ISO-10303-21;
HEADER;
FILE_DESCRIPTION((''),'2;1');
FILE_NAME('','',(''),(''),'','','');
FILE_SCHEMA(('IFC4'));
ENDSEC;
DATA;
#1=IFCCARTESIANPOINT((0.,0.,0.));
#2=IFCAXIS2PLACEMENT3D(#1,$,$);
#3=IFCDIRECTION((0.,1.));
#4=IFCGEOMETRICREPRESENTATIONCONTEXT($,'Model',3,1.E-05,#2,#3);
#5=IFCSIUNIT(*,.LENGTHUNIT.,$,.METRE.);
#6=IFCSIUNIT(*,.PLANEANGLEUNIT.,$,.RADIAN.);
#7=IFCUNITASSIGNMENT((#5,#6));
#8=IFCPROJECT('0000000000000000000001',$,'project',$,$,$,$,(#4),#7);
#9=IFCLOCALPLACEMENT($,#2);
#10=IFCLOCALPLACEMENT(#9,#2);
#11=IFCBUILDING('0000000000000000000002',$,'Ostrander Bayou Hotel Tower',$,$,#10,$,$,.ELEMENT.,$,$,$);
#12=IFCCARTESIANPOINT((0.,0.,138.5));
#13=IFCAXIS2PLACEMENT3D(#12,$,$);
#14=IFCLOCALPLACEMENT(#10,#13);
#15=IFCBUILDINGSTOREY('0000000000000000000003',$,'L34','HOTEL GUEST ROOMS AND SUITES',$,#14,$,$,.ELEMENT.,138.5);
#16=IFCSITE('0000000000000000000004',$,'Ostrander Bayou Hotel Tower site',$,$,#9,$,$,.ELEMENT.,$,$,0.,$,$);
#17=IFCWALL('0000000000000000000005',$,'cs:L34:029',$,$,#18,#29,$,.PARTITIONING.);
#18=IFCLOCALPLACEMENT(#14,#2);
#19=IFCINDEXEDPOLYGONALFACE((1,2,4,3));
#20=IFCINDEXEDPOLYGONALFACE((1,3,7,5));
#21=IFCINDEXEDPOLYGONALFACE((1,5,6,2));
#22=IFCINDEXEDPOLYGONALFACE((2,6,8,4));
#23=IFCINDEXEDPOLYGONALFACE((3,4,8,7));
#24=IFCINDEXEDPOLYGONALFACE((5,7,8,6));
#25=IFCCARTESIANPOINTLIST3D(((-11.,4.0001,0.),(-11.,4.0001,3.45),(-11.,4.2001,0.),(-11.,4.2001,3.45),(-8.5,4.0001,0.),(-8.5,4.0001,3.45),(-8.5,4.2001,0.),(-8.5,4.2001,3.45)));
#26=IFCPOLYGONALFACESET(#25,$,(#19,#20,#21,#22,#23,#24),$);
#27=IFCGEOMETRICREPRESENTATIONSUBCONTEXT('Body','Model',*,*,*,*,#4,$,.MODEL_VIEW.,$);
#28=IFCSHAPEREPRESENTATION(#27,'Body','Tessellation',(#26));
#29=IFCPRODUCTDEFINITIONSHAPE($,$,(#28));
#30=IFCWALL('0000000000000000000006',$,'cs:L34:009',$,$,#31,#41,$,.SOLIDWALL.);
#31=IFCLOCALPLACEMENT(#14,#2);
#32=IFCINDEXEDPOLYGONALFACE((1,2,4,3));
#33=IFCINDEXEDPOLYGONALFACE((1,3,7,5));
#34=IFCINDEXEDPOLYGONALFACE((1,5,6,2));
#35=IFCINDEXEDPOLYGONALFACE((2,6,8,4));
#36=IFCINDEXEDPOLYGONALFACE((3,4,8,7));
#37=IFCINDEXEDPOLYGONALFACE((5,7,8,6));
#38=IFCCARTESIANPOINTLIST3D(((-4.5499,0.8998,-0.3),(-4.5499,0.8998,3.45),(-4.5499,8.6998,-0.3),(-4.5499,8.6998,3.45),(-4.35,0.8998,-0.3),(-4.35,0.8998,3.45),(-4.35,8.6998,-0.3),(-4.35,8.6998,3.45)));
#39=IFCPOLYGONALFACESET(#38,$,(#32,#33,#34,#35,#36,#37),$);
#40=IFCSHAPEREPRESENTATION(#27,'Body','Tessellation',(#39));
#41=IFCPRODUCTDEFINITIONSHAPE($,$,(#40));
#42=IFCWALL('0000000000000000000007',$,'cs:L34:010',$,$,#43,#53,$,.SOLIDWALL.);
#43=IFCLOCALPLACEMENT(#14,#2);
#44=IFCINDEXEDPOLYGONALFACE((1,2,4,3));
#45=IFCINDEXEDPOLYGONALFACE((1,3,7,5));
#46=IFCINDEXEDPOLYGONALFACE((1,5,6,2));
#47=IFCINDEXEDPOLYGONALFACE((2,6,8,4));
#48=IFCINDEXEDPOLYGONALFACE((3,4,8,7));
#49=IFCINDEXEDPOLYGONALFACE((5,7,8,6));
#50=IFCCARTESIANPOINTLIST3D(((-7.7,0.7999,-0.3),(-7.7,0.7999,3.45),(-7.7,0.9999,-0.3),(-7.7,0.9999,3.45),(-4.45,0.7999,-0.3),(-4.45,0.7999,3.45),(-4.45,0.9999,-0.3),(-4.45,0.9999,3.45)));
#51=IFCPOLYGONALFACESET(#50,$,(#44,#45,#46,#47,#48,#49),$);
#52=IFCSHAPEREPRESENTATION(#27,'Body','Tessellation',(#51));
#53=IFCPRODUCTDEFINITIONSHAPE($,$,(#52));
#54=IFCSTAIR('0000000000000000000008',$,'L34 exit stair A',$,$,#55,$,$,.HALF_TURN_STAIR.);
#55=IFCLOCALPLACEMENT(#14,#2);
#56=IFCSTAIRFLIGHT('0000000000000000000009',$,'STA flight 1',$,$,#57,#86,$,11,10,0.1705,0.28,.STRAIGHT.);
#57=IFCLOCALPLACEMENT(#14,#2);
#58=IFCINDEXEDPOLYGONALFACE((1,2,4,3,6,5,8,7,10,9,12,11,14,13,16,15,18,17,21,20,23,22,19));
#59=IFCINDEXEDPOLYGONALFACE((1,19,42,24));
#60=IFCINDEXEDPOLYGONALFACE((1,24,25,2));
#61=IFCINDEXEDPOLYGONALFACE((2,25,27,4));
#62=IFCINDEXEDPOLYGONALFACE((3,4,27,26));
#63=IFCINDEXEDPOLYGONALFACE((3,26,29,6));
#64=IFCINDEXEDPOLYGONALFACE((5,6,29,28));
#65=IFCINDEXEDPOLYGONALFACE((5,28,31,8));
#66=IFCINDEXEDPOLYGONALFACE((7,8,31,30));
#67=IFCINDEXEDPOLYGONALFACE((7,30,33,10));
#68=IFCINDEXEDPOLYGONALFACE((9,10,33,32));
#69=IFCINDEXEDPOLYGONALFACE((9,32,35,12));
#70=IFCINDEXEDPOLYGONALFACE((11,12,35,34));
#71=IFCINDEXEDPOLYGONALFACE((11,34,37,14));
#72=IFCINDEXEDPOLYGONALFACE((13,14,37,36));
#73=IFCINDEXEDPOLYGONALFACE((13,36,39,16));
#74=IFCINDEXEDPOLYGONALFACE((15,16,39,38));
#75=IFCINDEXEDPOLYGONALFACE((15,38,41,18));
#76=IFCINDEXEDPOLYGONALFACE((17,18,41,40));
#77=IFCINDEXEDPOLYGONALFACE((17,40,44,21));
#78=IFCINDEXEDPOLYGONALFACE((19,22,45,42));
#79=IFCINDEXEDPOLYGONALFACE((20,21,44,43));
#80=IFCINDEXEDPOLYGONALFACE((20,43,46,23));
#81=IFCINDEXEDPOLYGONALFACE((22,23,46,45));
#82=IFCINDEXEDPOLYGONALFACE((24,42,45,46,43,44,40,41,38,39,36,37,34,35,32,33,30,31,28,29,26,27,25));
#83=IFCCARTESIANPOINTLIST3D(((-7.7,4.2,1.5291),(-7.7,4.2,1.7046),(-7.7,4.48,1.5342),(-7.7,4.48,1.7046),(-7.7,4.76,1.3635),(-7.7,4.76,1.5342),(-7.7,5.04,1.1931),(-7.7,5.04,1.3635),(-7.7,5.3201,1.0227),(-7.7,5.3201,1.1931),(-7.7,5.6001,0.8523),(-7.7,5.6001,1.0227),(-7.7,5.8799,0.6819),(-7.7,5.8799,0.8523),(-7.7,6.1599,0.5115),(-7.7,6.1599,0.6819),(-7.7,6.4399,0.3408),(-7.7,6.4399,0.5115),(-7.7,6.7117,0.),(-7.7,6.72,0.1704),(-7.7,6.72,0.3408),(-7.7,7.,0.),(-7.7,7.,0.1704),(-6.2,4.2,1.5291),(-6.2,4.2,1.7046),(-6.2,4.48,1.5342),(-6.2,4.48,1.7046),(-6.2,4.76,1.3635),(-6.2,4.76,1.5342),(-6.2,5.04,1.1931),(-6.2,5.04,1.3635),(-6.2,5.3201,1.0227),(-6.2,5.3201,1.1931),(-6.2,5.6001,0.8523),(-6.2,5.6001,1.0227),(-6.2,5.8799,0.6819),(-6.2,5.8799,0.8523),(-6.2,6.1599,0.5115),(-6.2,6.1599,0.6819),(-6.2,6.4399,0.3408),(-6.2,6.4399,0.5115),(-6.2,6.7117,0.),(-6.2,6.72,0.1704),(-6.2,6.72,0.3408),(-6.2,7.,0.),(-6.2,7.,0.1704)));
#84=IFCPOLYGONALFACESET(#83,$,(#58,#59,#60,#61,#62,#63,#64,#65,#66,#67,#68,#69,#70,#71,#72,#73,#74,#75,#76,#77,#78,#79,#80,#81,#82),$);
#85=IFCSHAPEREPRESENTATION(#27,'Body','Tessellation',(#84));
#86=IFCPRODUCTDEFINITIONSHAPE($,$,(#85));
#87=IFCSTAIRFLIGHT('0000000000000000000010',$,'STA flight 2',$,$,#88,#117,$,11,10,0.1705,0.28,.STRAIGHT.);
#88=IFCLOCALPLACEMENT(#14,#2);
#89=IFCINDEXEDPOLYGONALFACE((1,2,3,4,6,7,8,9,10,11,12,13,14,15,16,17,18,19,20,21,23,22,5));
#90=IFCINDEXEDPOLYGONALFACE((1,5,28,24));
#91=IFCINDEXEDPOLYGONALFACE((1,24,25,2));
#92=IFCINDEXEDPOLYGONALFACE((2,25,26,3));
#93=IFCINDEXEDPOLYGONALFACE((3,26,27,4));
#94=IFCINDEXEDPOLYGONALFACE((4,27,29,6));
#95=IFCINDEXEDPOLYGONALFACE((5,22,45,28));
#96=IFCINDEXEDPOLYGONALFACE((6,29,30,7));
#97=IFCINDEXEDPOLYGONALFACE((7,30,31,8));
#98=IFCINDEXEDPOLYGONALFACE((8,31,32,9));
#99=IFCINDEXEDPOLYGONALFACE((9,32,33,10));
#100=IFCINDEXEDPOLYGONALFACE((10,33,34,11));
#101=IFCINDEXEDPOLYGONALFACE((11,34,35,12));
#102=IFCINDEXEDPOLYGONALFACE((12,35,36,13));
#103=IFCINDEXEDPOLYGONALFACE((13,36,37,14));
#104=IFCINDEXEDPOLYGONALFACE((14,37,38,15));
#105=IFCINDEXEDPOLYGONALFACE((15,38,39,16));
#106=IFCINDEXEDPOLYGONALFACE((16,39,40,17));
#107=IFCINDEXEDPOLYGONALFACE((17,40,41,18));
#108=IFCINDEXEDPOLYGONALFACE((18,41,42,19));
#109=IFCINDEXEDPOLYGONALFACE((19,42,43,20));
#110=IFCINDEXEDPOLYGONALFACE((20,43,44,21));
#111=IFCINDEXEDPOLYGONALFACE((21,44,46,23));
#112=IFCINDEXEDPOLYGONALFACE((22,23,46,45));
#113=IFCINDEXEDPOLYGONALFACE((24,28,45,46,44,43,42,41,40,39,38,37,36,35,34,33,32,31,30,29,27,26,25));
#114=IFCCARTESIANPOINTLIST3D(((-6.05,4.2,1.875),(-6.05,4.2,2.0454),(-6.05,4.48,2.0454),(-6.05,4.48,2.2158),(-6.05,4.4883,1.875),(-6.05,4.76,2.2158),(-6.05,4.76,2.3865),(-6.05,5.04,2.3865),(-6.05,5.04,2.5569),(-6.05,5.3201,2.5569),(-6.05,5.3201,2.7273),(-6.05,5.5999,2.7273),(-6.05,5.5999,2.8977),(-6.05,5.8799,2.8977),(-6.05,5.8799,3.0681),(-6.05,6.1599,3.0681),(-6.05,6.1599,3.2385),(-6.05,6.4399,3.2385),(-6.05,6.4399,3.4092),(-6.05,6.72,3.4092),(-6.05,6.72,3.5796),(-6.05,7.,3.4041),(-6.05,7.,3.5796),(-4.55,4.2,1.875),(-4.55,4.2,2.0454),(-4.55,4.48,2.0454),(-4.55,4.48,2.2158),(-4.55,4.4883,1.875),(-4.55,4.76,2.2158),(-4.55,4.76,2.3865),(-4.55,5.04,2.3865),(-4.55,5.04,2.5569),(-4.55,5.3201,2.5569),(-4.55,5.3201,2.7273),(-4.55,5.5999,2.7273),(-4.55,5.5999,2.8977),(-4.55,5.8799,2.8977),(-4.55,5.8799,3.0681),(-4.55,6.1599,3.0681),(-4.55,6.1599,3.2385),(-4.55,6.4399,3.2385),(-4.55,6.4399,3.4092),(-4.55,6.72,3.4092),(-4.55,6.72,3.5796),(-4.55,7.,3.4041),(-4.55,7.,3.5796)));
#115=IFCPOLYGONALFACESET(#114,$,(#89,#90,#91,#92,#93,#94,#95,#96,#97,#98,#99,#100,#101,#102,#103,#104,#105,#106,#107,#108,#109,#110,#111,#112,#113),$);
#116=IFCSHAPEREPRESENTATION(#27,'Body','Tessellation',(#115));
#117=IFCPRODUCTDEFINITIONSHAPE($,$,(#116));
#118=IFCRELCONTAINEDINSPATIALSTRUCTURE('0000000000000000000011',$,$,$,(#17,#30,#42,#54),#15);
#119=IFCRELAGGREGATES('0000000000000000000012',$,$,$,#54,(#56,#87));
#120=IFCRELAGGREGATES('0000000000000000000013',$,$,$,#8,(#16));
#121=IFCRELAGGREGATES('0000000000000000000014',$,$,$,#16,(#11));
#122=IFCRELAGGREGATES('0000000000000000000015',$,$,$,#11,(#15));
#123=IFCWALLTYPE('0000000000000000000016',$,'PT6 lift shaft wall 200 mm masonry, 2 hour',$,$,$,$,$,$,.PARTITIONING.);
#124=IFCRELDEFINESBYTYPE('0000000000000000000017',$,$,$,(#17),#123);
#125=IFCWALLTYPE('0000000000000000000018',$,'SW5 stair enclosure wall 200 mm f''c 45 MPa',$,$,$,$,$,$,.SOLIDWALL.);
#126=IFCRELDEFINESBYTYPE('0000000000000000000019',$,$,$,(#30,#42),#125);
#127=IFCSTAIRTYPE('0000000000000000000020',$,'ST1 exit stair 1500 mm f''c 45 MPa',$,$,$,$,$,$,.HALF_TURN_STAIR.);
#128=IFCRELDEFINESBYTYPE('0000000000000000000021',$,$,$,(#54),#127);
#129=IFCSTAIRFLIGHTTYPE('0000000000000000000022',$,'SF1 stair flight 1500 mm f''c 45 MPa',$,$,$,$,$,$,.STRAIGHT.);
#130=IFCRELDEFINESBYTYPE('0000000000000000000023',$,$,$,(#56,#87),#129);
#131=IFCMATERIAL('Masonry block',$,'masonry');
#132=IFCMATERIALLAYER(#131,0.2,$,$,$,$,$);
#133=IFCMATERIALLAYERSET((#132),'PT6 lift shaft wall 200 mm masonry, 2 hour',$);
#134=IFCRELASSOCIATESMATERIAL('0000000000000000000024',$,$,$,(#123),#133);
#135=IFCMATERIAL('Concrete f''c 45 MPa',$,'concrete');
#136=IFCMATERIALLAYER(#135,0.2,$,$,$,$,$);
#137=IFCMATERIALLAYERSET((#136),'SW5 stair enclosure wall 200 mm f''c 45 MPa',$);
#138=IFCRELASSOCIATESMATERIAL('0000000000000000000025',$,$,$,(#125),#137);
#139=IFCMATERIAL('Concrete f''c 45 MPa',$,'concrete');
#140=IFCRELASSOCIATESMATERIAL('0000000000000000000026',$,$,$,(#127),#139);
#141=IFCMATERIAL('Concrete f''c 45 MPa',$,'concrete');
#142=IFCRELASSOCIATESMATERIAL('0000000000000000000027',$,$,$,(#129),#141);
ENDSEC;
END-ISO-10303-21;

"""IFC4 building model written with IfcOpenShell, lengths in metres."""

from ifc_helpers import new_model, si_unit, direction, frame, frame_2d, origin, place, context, subcontext, project, spatial, polyline, rectangle, outline, extrude, material, layer, layer_set, type_object, element, aggregate, save


model = new_model("IFC4")

# Units and contexts
model_context = context("Model", 3, precision=1e-05, world=origin(), true_north=direction((0.0, 1.0)))
body_context = subcontext(model_context, "Body", "Model", "MODEL_VIEW")
ifc_project = project(units=[si_unit("LENGTHUNIT", "METRE"), si_unit("PLANEANGLEUNIT", "RADIAN")], contexts=[model_context])

# Site, building, storey
site_placement = place(None, origin())
site = spatial("IfcSite", under=ifc_project, at=site_placement, Name="Ostrander Bayou Hotel Tower site", CompositionType="ELEMENT", RefElevation=0.0)
building_placement = place(site_placement, origin())
building = spatial("IfcBuilding", under=site, at=building_placement, Name="Ostrander Bayou Hotel Tower", CompositionType="ELEMENT")
storey_placement = place(building_placement, frame((0.0, 0.0, 138.5)))
storey = spatial("IfcBuildingStorey", under=building, at=storey_placement, Name="L34", Description="HOTEL GUEST ROOMS AND SUITES", CompositionType="ELEMENT", Elevation=138.5)

# Walls
ifc_material_1 = material(Name="Masonry block", Category="masonry")
ifc_layer_1 = layer(ifc_material_1, 0.2)
ifc_layer_set_1 = layer_set([ifc_layer_1], Name="PT6 lift shaft wall 200 mm masonry, 2 hour")
wall_type_1 = type_object("IfcWallType", Name="PT6 lift shaft wall 200 mm masonry, 2 hour", PredefinedType="PARTITIONING", material=ifc_layer_set_1)
for number, where, z_axis, x_axis, name in (
    (1, (-11.0, 4.1001, 0.0), (0.0, 0.0, 1.0), (1.0, 0.0, 0.0), "cs:L34:029"),
):
    element("IfcWall", number, at=place(storey_placement, frame(where, z_axis=z_axis, x_axis=x_axis)), inside=storey, type_object=wall_type_1, Name=name, PredefinedType="PARTITIONING", context=body_context, shape_type="SweptSolid", body=[
        extrude(rectangle(XDim=2.5, YDim=0.2, at=frame_2d((1.25, 0.0))), origin(), (0.0, 0.0, 1.0), 3.45),
    ])
ifc_material_2 = material(Name="Concrete f'c 45 MPa", Category="concrete")
ifc_layer_2 = layer(ifc_material_2, 0.2)
ifc_layer_set_2 = layer_set([ifc_layer_2], Name="SW5 stair enclosure wall 200 mm f'c 45 MPa")
wall_type_2 = type_object("IfcWallType", Name="SW5 stair enclosure wall 200 mm f'c 45 MPa", PredefinedType="SOLIDWALL", material=ifc_layer_set_2)
wall_1_placement = place(storey_placement, frame((-4.45, 0.8999, -0.3), z_axis=(0.0, 0.0, 1.0), x_axis=(0.0, 1.0, 0.0)))
element("IfcWall", 2, at=wall_1_placement, inside=storey, type_object=wall_type_2, Name="cs:L34:009", PredefinedType="SOLIDWALL", context=body_context, shape_type="SweptSolid", body=[
    extrude(rectangle(XDim=7.8, YDim=0.2, at=frame_2d((3.8999, 0.0))), origin(), (0.0, 0.0, 1.0), 3.75),
])
wall_2_placement = place(storey_placement, frame((-7.7, 0.8999, -0.3), z_axis=(0.0, 0.0, 1.0), x_axis=(1.0, 0.0, 0.0)))
element("IfcWall", 3, at=wall_2_placement, inside=storey, type_object=wall_type_2, Name="cs:L34:010", PredefinedType="SOLIDWALL", context=body_context, shape_type="SweptSolid", body=[
    extrude(rectangle(XDim=3.25, YDim=0.2, at=frame_2d((1.625, 0.0))), origin(), (0.0, 0.0, 1.0), 3.75),
])

# Stair, stair flights
ifc_material_3 = material(Name="Concrete f'c 45 MPa", Category="concrete")
stair_type = type_object("IfcStairType", Name="ST1 exit stair 1500 mm f'c 45 MPa", PredefinedType="HALF_TURN_STAIR", material=ifc_material_3)
stair_placement = place(storey_placement, origin())
stair = element("IfcStair", 4, at=stair_placement, inside=storey, type_object=stair_type, Name="L34 exit stair A", PredefinedType="HALF_TURN_STAIR")
ifc_material_4 = material(Name="Concrete f'c 45 MPa", Category="concrete")
stair_flight_type = type_object("IfcStairFlightType", Name="SF1 stair flight 1500 mm f'c 45 MPa", PredefinedType="STRAIGHT", material=ifc_material_4)
stair_flight_1_placement = place(storey_placement, frame((-6.95, 7.0, 0.0), z_axis=(0.0, 0.0, 1.0), x_axis=(0.0, -1.0, 0.0)))
stair_flight_1 = element("IfcStairFlight", 5, at=stair_flight_1_placement, type_object=stair_flight_type, Name="STA flight 1", NumberOfRisers=11, NumberOfTreads=10, PredefinedType="STRAIGHT", RiserHeight=0.1705, TreadLength=0.28, context=body_context, shape_type="SweptSolid", body=[
    extrude(outline(polyline([(0.0, 0.0), (0.0, 0.1704), (0.28, 0.1704), (0.28, 0.3408), (0.5601, 0.3408), (0.5601, 0.5115), (0.8401, 0.5115), (0.8401, 0.6819), (1.1201, 0.6819), (1.1201, 0.8523), (1.3999, 0.8523), (1.3999, 1.0227), (1.6799, 1.0227), (1.6799, 1.1931), (1.96, 1.1931), (1.96, 1.3635), (2.24, 1.3635), (2.24, 1.5342), (2.52, 1.5342), (2.52, 1.7046), (2.8, 1.7046), (2.8, 1.875), (2.8, 1.5291), (0.2883, 0.0), (0.0, 0.0)])), frame((0.0, 0.75, 0.0), z_axis=(0.0, -1.0, 0.0), x_axis=(1.0, 0.0, 0.0)), (0.0, 0.0, 1.0), 1.5),
])
stair_flight_2_placement = place(storey_placement, frame((-5.3, 4.2, 1.875), z_axis=(0.0, 0.0, 1.0), x_axis=(0.0, 1.0, 0.0)))
stair_flight_2 = element("IfcStairFlight", 6, at=stair_flight_2_placement, type_object=stair_flight_type, Name="STA flight 2", NumberOfRisers=11, NumberOfTreads=10, PredefinedType="STRAIGHT", RiserHeight=0.1705, TreadLength=0.28, context=body_context, shape_type="SweptSolid", body=[
    extrude(outline(polyline([(0.0, 0.0), (0.0, 0.1704), (0.28, 0.1704), (0.28, 0.3408), (0.5601, 0.3408), (0.5601, 0.5115), (0.8401, 0.5115), (0.8401, 0.6819), (1.1201, 0.6819), (1.1201, 0.8523), (1.3999, 0.8523), (1.3999, 1.0227), (1.6799, 1.0227), (1.6799, 1.1931), (1.96, 1.1931), (1.96, 1.3635), (2.24, 1.3635), (2.24, 1.5342), (2.52, 1.5342), (2.52, 1.7046), (2.8, 1.7046), (2.8, 1.875), (2.8, 1.5291), (0.2883, 0.0), (0.0, 0.0)])), frame((0.0, 0.75, 0.0), z_axis=(0.0, -1.0, 0.0), x_axis=(1.0, 0.0, 0.0)), (0.0, 0.0, 1.0), 1.5),
])
aggregate(stair, [stair_flight_1, stair_flight_2])

save(model, "model.ifc")
